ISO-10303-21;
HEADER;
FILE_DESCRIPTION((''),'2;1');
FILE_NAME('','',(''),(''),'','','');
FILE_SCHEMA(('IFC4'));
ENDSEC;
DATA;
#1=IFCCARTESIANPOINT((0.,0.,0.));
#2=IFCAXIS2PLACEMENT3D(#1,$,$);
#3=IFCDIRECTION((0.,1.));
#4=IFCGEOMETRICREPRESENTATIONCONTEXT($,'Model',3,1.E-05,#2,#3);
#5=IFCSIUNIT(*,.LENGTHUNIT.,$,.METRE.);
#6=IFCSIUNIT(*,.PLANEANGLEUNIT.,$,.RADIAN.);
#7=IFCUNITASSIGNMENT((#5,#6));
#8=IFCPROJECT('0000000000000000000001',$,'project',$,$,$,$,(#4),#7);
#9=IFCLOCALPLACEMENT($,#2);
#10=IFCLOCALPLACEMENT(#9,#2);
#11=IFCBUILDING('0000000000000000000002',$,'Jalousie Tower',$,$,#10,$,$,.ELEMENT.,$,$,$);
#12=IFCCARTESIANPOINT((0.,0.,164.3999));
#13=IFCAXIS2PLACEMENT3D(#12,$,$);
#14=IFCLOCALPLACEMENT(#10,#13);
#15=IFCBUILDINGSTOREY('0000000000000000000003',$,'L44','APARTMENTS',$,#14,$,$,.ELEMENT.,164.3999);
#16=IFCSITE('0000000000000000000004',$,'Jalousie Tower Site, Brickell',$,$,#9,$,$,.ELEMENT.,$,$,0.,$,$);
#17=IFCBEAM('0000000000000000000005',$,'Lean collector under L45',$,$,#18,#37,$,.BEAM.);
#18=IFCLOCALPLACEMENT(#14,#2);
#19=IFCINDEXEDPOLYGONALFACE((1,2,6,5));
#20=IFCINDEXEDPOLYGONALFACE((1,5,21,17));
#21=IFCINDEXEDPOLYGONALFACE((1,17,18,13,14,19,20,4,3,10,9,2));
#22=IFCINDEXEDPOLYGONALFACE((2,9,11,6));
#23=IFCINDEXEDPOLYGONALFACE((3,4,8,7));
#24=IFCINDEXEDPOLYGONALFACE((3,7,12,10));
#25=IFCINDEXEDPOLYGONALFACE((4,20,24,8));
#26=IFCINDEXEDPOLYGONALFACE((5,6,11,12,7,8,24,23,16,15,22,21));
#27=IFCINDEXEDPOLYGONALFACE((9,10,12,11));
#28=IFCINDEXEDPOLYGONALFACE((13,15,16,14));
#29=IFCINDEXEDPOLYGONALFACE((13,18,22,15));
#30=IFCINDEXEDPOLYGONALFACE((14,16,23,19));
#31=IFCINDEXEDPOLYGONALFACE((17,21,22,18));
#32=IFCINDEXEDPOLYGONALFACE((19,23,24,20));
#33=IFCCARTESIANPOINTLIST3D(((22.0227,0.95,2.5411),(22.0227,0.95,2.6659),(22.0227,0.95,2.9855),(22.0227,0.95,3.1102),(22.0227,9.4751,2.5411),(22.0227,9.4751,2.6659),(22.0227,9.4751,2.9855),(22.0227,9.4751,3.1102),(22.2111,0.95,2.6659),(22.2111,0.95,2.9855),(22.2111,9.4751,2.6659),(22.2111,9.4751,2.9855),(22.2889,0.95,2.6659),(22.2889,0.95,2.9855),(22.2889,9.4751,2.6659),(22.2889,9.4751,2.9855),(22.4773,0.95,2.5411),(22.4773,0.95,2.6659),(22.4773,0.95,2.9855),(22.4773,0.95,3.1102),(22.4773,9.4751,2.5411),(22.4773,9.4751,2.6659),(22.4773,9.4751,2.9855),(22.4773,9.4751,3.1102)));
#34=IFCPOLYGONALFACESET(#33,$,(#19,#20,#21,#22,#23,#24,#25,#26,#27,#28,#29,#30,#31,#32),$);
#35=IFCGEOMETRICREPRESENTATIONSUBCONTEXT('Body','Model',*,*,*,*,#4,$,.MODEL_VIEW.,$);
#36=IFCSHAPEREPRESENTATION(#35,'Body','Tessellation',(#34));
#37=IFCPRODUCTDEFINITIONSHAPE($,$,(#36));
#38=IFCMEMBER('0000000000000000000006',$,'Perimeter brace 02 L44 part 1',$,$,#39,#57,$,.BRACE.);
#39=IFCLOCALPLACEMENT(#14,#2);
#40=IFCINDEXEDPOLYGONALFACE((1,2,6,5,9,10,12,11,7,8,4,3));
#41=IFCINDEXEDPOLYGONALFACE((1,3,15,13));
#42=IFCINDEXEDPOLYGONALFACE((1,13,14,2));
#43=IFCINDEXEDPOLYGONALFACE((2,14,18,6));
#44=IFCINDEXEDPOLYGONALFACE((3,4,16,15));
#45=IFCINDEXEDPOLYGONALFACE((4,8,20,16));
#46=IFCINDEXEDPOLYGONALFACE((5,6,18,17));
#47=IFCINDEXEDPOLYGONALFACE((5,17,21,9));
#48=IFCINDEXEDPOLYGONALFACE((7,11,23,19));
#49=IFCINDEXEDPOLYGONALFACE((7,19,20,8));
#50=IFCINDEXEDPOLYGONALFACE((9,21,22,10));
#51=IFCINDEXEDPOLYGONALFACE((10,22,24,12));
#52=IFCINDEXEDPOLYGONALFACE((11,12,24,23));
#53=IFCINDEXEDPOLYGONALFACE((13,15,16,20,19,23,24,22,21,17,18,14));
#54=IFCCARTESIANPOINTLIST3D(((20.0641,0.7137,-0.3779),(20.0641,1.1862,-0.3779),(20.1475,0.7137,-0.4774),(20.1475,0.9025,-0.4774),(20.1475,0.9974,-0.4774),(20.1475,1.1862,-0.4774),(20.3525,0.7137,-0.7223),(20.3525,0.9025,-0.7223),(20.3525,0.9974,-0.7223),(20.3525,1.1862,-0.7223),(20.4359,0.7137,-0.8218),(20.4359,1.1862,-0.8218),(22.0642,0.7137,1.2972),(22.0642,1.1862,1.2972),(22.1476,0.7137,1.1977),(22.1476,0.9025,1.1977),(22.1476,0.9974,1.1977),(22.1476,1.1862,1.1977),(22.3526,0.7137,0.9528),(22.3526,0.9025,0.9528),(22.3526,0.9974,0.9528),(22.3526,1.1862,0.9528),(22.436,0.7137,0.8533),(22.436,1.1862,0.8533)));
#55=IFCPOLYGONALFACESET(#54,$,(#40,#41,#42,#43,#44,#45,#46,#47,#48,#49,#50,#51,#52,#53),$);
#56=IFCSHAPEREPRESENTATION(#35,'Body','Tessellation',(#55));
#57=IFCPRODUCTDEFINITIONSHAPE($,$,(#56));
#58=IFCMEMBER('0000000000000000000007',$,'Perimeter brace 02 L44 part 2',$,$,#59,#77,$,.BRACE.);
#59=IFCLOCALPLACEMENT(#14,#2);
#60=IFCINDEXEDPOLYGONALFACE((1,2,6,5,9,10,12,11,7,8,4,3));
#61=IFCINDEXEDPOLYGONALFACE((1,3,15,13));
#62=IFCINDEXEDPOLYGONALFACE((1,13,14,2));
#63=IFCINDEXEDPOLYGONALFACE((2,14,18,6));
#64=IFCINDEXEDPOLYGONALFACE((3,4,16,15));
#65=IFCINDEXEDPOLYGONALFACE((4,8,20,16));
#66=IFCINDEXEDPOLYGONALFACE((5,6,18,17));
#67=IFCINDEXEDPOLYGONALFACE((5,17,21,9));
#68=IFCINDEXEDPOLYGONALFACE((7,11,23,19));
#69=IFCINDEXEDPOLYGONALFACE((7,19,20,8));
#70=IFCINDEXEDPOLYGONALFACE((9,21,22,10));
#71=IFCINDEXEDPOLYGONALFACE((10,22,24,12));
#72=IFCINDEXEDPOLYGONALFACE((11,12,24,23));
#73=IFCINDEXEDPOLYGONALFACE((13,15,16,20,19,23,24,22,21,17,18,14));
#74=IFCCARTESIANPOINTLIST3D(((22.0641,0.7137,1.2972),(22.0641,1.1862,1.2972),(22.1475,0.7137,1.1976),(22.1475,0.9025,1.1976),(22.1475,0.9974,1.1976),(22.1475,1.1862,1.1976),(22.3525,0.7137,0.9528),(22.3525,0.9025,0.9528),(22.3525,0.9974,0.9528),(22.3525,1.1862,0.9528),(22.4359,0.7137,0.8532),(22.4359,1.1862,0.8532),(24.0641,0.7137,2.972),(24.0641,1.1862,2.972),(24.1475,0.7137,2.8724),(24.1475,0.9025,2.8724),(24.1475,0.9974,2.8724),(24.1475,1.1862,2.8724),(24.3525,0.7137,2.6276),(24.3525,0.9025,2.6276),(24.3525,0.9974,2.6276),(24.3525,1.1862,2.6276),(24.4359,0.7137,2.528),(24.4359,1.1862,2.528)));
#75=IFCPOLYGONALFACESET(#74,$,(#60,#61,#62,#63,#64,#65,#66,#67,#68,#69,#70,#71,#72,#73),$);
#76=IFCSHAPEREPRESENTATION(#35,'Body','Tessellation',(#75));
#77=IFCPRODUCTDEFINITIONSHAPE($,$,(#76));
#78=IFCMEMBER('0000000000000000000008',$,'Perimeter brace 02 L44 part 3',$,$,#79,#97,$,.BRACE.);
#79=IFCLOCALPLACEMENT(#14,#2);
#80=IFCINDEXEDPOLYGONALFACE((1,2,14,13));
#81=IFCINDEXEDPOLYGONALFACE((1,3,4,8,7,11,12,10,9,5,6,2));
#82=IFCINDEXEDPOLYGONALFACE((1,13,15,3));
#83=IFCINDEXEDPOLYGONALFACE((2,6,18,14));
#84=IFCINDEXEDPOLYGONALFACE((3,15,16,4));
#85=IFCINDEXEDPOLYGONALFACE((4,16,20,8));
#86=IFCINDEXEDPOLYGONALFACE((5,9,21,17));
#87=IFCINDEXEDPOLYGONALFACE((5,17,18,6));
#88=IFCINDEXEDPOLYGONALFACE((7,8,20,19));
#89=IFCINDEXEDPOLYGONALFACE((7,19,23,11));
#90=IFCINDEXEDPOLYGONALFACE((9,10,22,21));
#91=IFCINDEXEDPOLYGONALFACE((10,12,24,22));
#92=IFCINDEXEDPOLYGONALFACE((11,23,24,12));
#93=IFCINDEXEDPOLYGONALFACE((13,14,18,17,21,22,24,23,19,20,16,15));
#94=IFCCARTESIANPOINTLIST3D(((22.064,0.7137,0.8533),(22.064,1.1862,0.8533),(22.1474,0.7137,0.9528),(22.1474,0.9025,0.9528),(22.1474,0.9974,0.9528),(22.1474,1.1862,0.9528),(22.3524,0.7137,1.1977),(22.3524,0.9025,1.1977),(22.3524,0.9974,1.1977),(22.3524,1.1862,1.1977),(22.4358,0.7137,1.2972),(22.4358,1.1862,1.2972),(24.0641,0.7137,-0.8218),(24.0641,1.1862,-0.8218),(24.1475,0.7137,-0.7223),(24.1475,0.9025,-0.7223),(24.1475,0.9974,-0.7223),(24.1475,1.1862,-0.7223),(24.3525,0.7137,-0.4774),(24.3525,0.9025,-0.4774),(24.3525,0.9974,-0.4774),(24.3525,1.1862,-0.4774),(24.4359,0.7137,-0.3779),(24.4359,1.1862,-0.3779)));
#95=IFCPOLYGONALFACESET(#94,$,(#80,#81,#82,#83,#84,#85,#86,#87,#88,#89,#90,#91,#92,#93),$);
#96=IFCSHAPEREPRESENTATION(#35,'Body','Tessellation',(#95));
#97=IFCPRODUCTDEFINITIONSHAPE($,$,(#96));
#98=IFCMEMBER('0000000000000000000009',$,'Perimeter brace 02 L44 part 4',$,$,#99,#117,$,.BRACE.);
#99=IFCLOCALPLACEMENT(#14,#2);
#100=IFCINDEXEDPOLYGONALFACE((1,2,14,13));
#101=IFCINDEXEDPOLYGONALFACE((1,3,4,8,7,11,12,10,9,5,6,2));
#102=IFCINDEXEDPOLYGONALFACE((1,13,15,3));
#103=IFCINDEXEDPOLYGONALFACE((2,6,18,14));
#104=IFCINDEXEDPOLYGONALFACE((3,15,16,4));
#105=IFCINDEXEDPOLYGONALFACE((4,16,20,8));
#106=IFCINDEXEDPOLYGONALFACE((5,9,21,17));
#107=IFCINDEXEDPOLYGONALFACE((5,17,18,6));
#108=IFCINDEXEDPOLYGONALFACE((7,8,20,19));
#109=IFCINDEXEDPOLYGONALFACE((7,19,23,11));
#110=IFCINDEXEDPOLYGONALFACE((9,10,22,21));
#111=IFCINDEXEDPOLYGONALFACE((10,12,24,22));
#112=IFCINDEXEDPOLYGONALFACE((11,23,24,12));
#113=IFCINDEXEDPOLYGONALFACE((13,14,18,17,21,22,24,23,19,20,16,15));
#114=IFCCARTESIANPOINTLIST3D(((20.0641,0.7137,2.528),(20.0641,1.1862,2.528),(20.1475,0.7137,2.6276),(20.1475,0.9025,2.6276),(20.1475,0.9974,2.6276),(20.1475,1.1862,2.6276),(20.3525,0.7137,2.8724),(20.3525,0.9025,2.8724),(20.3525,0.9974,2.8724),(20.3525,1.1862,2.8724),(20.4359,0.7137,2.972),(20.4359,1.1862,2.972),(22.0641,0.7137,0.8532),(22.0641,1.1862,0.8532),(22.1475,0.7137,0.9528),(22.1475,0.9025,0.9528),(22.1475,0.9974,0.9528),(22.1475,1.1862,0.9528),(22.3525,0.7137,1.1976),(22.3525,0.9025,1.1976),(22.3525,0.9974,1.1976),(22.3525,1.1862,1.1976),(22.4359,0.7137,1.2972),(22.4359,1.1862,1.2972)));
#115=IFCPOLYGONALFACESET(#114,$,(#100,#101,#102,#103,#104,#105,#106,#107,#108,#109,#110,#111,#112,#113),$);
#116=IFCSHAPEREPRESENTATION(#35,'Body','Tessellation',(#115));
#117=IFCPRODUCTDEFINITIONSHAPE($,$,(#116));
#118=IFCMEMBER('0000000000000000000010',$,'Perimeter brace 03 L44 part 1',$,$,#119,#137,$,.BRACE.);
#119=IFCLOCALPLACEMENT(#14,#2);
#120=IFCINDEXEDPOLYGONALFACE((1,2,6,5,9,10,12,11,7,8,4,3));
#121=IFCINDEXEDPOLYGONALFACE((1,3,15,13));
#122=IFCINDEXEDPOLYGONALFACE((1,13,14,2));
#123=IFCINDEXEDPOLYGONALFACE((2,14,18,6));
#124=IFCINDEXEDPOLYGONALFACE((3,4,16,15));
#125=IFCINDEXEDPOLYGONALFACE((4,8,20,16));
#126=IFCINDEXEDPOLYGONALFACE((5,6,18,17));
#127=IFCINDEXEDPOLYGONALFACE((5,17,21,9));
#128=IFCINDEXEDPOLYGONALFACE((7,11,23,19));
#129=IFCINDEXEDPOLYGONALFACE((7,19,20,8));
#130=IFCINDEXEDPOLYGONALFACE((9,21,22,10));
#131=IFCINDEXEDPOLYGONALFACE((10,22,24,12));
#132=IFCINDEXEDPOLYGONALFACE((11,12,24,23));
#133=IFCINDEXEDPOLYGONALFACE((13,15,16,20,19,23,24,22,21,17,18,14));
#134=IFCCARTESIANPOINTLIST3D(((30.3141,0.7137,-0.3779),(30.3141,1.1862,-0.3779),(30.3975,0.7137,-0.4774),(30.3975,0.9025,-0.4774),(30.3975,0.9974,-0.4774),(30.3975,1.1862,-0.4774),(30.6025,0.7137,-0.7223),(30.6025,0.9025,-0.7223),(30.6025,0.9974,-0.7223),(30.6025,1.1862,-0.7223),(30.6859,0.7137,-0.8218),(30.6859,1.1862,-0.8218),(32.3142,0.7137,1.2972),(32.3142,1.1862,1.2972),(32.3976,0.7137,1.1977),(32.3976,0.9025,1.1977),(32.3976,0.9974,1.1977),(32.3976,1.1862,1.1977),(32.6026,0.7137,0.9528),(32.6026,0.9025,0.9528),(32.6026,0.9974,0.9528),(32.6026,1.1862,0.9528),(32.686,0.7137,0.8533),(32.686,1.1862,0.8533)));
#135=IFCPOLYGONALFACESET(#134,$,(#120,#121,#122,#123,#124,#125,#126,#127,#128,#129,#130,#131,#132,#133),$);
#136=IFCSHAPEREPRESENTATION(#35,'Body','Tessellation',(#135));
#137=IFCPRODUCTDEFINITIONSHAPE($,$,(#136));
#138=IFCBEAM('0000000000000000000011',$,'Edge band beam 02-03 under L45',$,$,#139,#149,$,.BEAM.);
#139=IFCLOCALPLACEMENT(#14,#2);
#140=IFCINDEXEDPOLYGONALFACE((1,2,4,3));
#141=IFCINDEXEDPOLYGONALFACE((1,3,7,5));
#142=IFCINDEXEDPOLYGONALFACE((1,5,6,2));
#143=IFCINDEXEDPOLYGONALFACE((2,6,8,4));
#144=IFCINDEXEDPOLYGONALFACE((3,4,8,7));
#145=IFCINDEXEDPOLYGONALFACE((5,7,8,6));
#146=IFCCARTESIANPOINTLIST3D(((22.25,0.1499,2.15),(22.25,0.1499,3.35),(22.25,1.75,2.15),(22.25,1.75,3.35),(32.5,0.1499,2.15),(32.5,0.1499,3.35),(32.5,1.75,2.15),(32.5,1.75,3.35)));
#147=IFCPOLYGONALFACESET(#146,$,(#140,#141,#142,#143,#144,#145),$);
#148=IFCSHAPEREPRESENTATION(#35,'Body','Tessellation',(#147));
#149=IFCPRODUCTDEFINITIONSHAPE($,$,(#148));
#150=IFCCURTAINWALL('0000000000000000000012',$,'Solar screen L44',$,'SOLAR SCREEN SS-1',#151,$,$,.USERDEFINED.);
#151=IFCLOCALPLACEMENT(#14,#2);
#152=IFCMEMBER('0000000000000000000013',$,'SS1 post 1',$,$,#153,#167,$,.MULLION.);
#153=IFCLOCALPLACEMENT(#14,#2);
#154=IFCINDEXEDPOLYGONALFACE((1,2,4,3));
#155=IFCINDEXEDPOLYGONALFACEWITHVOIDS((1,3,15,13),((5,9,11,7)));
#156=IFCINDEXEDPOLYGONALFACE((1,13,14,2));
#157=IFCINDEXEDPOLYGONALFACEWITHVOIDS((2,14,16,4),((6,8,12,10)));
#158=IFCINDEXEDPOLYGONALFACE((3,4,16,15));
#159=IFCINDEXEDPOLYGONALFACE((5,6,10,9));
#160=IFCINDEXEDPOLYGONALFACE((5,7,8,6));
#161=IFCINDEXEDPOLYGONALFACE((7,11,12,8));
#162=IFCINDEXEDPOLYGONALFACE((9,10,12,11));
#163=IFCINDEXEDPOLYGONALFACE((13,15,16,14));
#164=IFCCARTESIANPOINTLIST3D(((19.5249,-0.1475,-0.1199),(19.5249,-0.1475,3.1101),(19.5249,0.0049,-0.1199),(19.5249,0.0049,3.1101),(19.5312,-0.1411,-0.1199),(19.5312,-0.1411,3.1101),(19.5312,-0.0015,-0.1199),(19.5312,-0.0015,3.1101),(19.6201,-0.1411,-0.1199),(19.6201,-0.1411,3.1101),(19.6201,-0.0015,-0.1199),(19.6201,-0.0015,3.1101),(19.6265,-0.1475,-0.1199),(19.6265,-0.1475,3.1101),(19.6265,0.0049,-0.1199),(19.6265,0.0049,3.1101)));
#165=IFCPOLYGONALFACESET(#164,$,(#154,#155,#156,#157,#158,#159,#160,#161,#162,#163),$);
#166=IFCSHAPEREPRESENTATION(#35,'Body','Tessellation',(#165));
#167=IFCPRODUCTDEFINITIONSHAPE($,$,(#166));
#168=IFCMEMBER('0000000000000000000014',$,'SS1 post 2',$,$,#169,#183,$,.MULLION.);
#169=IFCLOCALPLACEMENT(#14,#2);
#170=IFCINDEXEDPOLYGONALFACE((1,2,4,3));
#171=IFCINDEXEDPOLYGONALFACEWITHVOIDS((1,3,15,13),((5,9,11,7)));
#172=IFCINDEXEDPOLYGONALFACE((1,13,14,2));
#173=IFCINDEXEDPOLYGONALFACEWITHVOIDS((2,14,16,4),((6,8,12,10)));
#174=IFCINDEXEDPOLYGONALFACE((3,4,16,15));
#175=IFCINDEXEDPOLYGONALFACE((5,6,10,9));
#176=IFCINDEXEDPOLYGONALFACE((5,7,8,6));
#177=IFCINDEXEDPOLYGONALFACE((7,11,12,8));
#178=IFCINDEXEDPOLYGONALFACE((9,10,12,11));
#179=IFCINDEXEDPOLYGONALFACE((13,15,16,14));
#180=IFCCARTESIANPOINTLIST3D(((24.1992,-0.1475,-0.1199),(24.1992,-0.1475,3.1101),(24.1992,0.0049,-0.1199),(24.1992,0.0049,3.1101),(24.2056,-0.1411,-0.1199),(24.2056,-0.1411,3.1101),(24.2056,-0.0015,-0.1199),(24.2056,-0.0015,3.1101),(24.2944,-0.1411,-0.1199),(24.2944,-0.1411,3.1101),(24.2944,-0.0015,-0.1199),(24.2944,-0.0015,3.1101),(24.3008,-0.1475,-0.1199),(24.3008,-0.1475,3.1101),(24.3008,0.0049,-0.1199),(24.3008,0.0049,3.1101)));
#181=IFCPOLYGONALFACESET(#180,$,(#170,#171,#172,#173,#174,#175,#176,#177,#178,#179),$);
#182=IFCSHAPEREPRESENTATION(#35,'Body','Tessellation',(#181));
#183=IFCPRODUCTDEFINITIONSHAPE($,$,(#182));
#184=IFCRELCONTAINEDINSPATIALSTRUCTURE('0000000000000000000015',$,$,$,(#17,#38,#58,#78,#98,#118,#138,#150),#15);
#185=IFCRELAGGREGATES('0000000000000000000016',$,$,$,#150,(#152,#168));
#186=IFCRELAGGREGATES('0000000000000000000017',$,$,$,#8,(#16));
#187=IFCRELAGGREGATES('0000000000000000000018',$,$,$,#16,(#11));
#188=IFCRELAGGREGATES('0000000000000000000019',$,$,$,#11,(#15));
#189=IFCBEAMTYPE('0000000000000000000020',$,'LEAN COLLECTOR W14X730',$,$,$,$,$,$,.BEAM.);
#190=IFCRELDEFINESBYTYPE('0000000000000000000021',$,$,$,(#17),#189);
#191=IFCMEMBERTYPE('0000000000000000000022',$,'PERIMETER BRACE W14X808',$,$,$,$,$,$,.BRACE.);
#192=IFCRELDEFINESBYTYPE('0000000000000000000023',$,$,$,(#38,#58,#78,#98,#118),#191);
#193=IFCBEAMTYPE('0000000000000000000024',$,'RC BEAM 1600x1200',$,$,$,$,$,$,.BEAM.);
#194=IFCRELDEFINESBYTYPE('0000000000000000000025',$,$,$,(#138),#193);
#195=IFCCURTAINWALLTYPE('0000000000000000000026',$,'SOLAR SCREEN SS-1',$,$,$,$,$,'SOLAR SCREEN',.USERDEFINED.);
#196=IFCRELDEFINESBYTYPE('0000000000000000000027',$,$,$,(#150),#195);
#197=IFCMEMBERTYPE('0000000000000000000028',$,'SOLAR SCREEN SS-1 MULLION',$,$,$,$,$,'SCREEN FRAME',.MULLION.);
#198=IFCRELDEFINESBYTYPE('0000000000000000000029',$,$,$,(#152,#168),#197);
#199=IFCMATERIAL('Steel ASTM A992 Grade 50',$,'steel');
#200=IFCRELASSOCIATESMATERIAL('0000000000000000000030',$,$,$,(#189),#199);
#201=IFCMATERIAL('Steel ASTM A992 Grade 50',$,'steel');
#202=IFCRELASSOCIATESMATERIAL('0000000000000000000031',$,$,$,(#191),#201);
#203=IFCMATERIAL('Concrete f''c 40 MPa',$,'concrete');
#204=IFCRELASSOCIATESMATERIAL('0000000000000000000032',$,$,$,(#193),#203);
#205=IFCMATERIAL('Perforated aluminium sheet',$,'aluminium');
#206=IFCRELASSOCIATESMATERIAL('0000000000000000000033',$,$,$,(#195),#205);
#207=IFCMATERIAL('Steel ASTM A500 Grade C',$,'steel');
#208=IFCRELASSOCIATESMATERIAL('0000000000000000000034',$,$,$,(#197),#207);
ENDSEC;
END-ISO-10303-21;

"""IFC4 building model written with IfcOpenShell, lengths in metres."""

from ifc_helpers import new_model, si_unit, direction, frame, origin, origin_2d, place, context, subcontext, project, spatial, rectangle, hollow_rectangle, i_section, extrude, material, material_profile, profile_set, type_object, element, aggregate, save


model = new_model("IFC4")

# Units and contexts
model_context = context("Model", 3, precision=1e-05, world=origin(), true_north=direction((0.0, 1.0)))
body_context = subcontext(model_context, "Body", "Model", "MODEL_VIEW")
ifc_project = project(units=[si_unit("LENGTHUNIT", "METRE"), si_unit("PLANEANGLEUNIT", "RADIAN")], contexts=[model_context])

# Site, building, storey
site_placement = place(None, origin())
site = spatial("IfcSite", under=ifc_project, at=site_placement, Name="Jalousie Tower Site, Brickell", CompositionType="ELEMENT", RefElevation=0.0)
building_placement = place(site_placement, origin())
building = spatial("IfcBuilding", under=site, at=building_placement, Name="Jalousie Tower", CompositionType="ELEMENT")
storey_placement = place(building_placement, frame((0.0, 0.0, 164.3999)))
storey = spatial("IfcBuildingStorey", under=building, at=storey_placement, Name="L44", Description="APARTMENTS", CompositionType="ELEMENT", Elevation=164.3999)

# Beam
ifc_material_1 = material(Name="Steel ASTM A992 Grade 50", Category="steel")
ifc_material_profile_1 = material_profile(ifc_material_1, i_section(OverallWidth=0.4546, OverallDepth=0.5691, WebThickness=0.0779, FlangeThickness=0.1248, at=origin_2d()), Name="W14X730")
ifc_profile_set_1 = profile_set([ifc_material_profile_1], Name="Steel ASTM A992 Grade 50")
beam_type_1 = type_object("IfcBeamType", Name="LEAN COLLECTOR W14X730", PredefinedType="BEAM", material=ifc_profile_set_1)
beam_1_placement = place(storey_placement, frame((22.25, 0.95, 2.8257), z_axis=(0.0, 1.0, 0.0), x_axis=(-1.0, 0.0, 0.0)))
element("IfcBeam", 1, at=beam_1_placement, inside=storey, type_object=beam_type_1, Name="Lean collector under L45", PredefinedType="BEAM", context=body_context, shape_type="SweptSolid", body=[
    extrude(i_section(OverallWidth=0.4546, OverallDepth=0.5691, WebThickness=0.0779, FlangeThickness=0.1248, at=origin_2d()), origin(), (0.0, 0.0, 1.0), 8.5251),
])

# Members
ifc_material_2 = material(Name="Steel ASTM A992 Grade 50", Category="steel")
ifc_material_profile_2 = material_profile(ifc_material_2, i_section(OverallWidth=0.4724, OverallDepth=0.5791, WebThickness=0.095, FlangeThickness=0.1299, at=origin_2d()), Name="W14X808")
ifc_profile_set_2 = profile_set([ifc_material_profile_2], Name="Steel ASTM A992 Grade 50")
member_type_1 = type_object("IfcMemberType", Name="PERIMETER BRACE W14X808", PredefinedType="BRACE", material=ifc_profile_set_2)
member_1_placement = place(storey_placement, frame((20.25, 0.95, -0.5999), z_axis=(0.766639, 0.0, 0.642079), x_axis=(0.0, 1.0, 0.0)))
element("IfcMember", 2, at=member_1_placement, inside=storey, type_object=member_type_1, Name="Perimeter brace 02 L44 part 1", PredefinedType="BRACE", context=body_context, shape_type="SweptSolid", body=[
    extrude(i_section(OverallWidth=0.4724, OverallDepth=0.5791, WebThickness=0.095, FlangeThickness=0.1299, at=origin_2d()), origin(), (0.0, 0.0, 1.0), 2.6089),
])
member_2_placement = place(storey_placement, frame((22.25, 0.95, 1.0752), z_axis=(0.766685, 0.0, 0.642024), x_axis=(0.0, 1.0, 0.0)))
element("IfcMember", 3, at=member_2_placement, inside=storey, type_object=member_type_1, Name="Perimeter brace 02 L44 part 2", PredefinedType="BRACE", context=body_context, shape_type="SweptSolid", body=[
    extrude(i_section(OverallWidth=0.4724, OverallDepth=0.5791, WebThickness=0.095, FlangeThickness=0.1299, at=origin_2d()), origin(), (0.0, 0.0, 1.0), 2.6086),
])
member_3_placement = place(storey_placement, frame((24.25, 0.95, -0.5999), z_axis=(-0.766639, 0.0, 0.642079), x_axis=(0.0, -1.0, 0.0)))
element("IfcMember", 4, at=member_3_placement, inside=storey, type_object=member_type_1, Name="Perimeter brace 02 L44 part 3", PredefinedType="BRACE", context=body_context, shape_type="SweptSolid", body=[
    extrude(i_section(OverallWidth=0.4724, OverallDepth=0.5791, WebThickness=0.095, FlangeThickness=0.1299, at=origin_2d()), origin(), (0.0, 0.0, 1.0), 2.6089),
])
member_4_placement = place(storey_placement, frame((22.25, 0.95, 1.0752), z_axis=(-0.766685, 0.0, 0.642024), x_axis=(0.0, -1.0, 0.0)))
element("IfcMember", 5, at=member_4_placement, inside=storey, type_object=member_type_1, Name="Perimeter brace 02 L44 part 4", PredefinedType="BRACE", context=body_context, shape_type="SweptSolid", body=[
    extrude(i_section(OverallWidth=0.4724, OverallDepth=0.5791, WebThickness=0.095, FlangeThickness=0.1299, at=origin_2d()), origin(), (0.0, 0.0, 1.0), 2.6086),
])
member_5_placement = place(storey_placement, frame((30.5, 0.95, -0.5999), z_axis=(0.766639, 0.0, 0.642079), x_axis=(0.0, 1.0, 0.0)))
element("IfcMember", 6, at=member_5_placement, inside=storey, type_object=member_type_1, Name="Perimeter brace 03 L44 part 1", PredefinedType="BRACE", context=body_context, shape_type="SweptSolid", body=[
    extrude(i_section(OverallWidth=0.4724, OverallDepth=0.5791, WebThickness=0.095, FlangeThickness=0.1299, at=origin_2d()), origin(), (0.0, 0.0, 1.0), 2.6089),
])

# Beam
ifc_material_3 = material(Name="Concrete f'c 40 MPa", Category="concrete")
ifc_material_profile_3 = material_profile(ifc_material_3, rectangle(XDim=1.6001, YDim=1.2, at=origin_2d()), Name="RC 1600x1200")
ifc_profile_set_3 = profile_set([ifc_material_profile_3], Name="Concrete f'c 40 MPa")
beam_type_2 = type_object("IfcBeamType", Name="RC BEAM 1600x1200", PredefinedType="BEAM", material=ifc_profile_set_3)
beam_2_placement = place(storey_placement, frame((22.25, 0.95, 2.75), z_axis=(1.0, 0.0, 0.0), x_axis=(0.0, 1.0, 0.0)))
element("IfcBeam", 7, at=beam_2_placement, inside=storey, type_object=beam_type_2, Name="Edge band beam 02-03 under L45", PredefinedType="BEAM", context=body_context, shape_type="SweptSolid", body=[
    extrude(rectangle(XDim=1.6001, YDim=1.2, at=origin_2d()), origin(), (0.0, 0.0, 1.0), 10.25),
])

# Curtain wall, members
ifc_material_4 = material(Name="Perforated aluminium sheet", Category="aluminium")
curtain_wall_type = type_object("IfcCurtainWallType", Name="SOLAR SCREEN SS-1", ElementType="SOLAR SCREEN", PredefinedType="USERDEFINED", material=ifc_material_4)
curtain_wall_1_placement = place(storey_placement, origin())
curtain_wall_1 = element("IfcCurtainWall", 8, at=curtain_wall_1_placement, inside=storey, type_object=curtain_wall_type, Name="Solar screen L44", ObjectType="SOLAR SCREEN SS-1", PredefinedType="USERDEFINED")
ifc_material_5 = material(Name="Steel ASTM A500 Grade C", Category="steel")
ifc_material_profile_4 = material_profile(ifc_material_5, hollow_rectangle(XDim=0.1016, YDim=0.1523, WallThickness=0.0063, at=origin_2d()), Name="HSS6X4X1/4")
ifc_profile_set_4 = profile_set([ifc_material_profile_4], Name="Steel ASTM A500 Grade C")
member_type_2 = type_object("IfcMemberType", Name="SOLAR SCREEN SS-1 MULLION", ElementType="SCREEN FRAME", PredefinedType="MULLION", material=ifc_profile_set_4)
member_6_placement = place(storey_placement, frame((19.5757, -0.0713, -0.1199), z_axis=(0.0, 0.0, 1.0), x_axis=(1.0, 0.0, 0.0)))
member_6 = element("IfcMember", 9, at=member_6_placement, type_object=member_type_2, Name="SS1 post 1", PredefinedType="MULLION", context=body_context, shape_type="SweptSolid", body=[
    extrude(hollow_rectangle(XDim=0.1016, YDim=0.1523, WallThickness=0.0063, at=origin_2d()), origin(), (0.0, 0.0, 1.0), 3.23),
])
member_7_placement = place(storey_placement, frame((24.25, -0.0713, -0.1199), z_axis=(0.0, 0.0, 1.0), x_axis=(1.0, 0.0, 0.0)))
member_7 = element("IfcMember", 10, at=member_7_placement, type_object=member_type_2, Name="SS1 post 2", PredefinedType="MULLION", context=body_context, shape_type="SweptSolid", body=[
    extrude(hollow_rectangle(XDim=0.1016, YDim=0.1523, WallThickness=0.0063, at=origin_2d()), origin(), (0.0, 0.0, 1.0), 3.23),
])

aggregate(curtain_wall_1, [member_6, member_7])

save(model, "model.ifc")
